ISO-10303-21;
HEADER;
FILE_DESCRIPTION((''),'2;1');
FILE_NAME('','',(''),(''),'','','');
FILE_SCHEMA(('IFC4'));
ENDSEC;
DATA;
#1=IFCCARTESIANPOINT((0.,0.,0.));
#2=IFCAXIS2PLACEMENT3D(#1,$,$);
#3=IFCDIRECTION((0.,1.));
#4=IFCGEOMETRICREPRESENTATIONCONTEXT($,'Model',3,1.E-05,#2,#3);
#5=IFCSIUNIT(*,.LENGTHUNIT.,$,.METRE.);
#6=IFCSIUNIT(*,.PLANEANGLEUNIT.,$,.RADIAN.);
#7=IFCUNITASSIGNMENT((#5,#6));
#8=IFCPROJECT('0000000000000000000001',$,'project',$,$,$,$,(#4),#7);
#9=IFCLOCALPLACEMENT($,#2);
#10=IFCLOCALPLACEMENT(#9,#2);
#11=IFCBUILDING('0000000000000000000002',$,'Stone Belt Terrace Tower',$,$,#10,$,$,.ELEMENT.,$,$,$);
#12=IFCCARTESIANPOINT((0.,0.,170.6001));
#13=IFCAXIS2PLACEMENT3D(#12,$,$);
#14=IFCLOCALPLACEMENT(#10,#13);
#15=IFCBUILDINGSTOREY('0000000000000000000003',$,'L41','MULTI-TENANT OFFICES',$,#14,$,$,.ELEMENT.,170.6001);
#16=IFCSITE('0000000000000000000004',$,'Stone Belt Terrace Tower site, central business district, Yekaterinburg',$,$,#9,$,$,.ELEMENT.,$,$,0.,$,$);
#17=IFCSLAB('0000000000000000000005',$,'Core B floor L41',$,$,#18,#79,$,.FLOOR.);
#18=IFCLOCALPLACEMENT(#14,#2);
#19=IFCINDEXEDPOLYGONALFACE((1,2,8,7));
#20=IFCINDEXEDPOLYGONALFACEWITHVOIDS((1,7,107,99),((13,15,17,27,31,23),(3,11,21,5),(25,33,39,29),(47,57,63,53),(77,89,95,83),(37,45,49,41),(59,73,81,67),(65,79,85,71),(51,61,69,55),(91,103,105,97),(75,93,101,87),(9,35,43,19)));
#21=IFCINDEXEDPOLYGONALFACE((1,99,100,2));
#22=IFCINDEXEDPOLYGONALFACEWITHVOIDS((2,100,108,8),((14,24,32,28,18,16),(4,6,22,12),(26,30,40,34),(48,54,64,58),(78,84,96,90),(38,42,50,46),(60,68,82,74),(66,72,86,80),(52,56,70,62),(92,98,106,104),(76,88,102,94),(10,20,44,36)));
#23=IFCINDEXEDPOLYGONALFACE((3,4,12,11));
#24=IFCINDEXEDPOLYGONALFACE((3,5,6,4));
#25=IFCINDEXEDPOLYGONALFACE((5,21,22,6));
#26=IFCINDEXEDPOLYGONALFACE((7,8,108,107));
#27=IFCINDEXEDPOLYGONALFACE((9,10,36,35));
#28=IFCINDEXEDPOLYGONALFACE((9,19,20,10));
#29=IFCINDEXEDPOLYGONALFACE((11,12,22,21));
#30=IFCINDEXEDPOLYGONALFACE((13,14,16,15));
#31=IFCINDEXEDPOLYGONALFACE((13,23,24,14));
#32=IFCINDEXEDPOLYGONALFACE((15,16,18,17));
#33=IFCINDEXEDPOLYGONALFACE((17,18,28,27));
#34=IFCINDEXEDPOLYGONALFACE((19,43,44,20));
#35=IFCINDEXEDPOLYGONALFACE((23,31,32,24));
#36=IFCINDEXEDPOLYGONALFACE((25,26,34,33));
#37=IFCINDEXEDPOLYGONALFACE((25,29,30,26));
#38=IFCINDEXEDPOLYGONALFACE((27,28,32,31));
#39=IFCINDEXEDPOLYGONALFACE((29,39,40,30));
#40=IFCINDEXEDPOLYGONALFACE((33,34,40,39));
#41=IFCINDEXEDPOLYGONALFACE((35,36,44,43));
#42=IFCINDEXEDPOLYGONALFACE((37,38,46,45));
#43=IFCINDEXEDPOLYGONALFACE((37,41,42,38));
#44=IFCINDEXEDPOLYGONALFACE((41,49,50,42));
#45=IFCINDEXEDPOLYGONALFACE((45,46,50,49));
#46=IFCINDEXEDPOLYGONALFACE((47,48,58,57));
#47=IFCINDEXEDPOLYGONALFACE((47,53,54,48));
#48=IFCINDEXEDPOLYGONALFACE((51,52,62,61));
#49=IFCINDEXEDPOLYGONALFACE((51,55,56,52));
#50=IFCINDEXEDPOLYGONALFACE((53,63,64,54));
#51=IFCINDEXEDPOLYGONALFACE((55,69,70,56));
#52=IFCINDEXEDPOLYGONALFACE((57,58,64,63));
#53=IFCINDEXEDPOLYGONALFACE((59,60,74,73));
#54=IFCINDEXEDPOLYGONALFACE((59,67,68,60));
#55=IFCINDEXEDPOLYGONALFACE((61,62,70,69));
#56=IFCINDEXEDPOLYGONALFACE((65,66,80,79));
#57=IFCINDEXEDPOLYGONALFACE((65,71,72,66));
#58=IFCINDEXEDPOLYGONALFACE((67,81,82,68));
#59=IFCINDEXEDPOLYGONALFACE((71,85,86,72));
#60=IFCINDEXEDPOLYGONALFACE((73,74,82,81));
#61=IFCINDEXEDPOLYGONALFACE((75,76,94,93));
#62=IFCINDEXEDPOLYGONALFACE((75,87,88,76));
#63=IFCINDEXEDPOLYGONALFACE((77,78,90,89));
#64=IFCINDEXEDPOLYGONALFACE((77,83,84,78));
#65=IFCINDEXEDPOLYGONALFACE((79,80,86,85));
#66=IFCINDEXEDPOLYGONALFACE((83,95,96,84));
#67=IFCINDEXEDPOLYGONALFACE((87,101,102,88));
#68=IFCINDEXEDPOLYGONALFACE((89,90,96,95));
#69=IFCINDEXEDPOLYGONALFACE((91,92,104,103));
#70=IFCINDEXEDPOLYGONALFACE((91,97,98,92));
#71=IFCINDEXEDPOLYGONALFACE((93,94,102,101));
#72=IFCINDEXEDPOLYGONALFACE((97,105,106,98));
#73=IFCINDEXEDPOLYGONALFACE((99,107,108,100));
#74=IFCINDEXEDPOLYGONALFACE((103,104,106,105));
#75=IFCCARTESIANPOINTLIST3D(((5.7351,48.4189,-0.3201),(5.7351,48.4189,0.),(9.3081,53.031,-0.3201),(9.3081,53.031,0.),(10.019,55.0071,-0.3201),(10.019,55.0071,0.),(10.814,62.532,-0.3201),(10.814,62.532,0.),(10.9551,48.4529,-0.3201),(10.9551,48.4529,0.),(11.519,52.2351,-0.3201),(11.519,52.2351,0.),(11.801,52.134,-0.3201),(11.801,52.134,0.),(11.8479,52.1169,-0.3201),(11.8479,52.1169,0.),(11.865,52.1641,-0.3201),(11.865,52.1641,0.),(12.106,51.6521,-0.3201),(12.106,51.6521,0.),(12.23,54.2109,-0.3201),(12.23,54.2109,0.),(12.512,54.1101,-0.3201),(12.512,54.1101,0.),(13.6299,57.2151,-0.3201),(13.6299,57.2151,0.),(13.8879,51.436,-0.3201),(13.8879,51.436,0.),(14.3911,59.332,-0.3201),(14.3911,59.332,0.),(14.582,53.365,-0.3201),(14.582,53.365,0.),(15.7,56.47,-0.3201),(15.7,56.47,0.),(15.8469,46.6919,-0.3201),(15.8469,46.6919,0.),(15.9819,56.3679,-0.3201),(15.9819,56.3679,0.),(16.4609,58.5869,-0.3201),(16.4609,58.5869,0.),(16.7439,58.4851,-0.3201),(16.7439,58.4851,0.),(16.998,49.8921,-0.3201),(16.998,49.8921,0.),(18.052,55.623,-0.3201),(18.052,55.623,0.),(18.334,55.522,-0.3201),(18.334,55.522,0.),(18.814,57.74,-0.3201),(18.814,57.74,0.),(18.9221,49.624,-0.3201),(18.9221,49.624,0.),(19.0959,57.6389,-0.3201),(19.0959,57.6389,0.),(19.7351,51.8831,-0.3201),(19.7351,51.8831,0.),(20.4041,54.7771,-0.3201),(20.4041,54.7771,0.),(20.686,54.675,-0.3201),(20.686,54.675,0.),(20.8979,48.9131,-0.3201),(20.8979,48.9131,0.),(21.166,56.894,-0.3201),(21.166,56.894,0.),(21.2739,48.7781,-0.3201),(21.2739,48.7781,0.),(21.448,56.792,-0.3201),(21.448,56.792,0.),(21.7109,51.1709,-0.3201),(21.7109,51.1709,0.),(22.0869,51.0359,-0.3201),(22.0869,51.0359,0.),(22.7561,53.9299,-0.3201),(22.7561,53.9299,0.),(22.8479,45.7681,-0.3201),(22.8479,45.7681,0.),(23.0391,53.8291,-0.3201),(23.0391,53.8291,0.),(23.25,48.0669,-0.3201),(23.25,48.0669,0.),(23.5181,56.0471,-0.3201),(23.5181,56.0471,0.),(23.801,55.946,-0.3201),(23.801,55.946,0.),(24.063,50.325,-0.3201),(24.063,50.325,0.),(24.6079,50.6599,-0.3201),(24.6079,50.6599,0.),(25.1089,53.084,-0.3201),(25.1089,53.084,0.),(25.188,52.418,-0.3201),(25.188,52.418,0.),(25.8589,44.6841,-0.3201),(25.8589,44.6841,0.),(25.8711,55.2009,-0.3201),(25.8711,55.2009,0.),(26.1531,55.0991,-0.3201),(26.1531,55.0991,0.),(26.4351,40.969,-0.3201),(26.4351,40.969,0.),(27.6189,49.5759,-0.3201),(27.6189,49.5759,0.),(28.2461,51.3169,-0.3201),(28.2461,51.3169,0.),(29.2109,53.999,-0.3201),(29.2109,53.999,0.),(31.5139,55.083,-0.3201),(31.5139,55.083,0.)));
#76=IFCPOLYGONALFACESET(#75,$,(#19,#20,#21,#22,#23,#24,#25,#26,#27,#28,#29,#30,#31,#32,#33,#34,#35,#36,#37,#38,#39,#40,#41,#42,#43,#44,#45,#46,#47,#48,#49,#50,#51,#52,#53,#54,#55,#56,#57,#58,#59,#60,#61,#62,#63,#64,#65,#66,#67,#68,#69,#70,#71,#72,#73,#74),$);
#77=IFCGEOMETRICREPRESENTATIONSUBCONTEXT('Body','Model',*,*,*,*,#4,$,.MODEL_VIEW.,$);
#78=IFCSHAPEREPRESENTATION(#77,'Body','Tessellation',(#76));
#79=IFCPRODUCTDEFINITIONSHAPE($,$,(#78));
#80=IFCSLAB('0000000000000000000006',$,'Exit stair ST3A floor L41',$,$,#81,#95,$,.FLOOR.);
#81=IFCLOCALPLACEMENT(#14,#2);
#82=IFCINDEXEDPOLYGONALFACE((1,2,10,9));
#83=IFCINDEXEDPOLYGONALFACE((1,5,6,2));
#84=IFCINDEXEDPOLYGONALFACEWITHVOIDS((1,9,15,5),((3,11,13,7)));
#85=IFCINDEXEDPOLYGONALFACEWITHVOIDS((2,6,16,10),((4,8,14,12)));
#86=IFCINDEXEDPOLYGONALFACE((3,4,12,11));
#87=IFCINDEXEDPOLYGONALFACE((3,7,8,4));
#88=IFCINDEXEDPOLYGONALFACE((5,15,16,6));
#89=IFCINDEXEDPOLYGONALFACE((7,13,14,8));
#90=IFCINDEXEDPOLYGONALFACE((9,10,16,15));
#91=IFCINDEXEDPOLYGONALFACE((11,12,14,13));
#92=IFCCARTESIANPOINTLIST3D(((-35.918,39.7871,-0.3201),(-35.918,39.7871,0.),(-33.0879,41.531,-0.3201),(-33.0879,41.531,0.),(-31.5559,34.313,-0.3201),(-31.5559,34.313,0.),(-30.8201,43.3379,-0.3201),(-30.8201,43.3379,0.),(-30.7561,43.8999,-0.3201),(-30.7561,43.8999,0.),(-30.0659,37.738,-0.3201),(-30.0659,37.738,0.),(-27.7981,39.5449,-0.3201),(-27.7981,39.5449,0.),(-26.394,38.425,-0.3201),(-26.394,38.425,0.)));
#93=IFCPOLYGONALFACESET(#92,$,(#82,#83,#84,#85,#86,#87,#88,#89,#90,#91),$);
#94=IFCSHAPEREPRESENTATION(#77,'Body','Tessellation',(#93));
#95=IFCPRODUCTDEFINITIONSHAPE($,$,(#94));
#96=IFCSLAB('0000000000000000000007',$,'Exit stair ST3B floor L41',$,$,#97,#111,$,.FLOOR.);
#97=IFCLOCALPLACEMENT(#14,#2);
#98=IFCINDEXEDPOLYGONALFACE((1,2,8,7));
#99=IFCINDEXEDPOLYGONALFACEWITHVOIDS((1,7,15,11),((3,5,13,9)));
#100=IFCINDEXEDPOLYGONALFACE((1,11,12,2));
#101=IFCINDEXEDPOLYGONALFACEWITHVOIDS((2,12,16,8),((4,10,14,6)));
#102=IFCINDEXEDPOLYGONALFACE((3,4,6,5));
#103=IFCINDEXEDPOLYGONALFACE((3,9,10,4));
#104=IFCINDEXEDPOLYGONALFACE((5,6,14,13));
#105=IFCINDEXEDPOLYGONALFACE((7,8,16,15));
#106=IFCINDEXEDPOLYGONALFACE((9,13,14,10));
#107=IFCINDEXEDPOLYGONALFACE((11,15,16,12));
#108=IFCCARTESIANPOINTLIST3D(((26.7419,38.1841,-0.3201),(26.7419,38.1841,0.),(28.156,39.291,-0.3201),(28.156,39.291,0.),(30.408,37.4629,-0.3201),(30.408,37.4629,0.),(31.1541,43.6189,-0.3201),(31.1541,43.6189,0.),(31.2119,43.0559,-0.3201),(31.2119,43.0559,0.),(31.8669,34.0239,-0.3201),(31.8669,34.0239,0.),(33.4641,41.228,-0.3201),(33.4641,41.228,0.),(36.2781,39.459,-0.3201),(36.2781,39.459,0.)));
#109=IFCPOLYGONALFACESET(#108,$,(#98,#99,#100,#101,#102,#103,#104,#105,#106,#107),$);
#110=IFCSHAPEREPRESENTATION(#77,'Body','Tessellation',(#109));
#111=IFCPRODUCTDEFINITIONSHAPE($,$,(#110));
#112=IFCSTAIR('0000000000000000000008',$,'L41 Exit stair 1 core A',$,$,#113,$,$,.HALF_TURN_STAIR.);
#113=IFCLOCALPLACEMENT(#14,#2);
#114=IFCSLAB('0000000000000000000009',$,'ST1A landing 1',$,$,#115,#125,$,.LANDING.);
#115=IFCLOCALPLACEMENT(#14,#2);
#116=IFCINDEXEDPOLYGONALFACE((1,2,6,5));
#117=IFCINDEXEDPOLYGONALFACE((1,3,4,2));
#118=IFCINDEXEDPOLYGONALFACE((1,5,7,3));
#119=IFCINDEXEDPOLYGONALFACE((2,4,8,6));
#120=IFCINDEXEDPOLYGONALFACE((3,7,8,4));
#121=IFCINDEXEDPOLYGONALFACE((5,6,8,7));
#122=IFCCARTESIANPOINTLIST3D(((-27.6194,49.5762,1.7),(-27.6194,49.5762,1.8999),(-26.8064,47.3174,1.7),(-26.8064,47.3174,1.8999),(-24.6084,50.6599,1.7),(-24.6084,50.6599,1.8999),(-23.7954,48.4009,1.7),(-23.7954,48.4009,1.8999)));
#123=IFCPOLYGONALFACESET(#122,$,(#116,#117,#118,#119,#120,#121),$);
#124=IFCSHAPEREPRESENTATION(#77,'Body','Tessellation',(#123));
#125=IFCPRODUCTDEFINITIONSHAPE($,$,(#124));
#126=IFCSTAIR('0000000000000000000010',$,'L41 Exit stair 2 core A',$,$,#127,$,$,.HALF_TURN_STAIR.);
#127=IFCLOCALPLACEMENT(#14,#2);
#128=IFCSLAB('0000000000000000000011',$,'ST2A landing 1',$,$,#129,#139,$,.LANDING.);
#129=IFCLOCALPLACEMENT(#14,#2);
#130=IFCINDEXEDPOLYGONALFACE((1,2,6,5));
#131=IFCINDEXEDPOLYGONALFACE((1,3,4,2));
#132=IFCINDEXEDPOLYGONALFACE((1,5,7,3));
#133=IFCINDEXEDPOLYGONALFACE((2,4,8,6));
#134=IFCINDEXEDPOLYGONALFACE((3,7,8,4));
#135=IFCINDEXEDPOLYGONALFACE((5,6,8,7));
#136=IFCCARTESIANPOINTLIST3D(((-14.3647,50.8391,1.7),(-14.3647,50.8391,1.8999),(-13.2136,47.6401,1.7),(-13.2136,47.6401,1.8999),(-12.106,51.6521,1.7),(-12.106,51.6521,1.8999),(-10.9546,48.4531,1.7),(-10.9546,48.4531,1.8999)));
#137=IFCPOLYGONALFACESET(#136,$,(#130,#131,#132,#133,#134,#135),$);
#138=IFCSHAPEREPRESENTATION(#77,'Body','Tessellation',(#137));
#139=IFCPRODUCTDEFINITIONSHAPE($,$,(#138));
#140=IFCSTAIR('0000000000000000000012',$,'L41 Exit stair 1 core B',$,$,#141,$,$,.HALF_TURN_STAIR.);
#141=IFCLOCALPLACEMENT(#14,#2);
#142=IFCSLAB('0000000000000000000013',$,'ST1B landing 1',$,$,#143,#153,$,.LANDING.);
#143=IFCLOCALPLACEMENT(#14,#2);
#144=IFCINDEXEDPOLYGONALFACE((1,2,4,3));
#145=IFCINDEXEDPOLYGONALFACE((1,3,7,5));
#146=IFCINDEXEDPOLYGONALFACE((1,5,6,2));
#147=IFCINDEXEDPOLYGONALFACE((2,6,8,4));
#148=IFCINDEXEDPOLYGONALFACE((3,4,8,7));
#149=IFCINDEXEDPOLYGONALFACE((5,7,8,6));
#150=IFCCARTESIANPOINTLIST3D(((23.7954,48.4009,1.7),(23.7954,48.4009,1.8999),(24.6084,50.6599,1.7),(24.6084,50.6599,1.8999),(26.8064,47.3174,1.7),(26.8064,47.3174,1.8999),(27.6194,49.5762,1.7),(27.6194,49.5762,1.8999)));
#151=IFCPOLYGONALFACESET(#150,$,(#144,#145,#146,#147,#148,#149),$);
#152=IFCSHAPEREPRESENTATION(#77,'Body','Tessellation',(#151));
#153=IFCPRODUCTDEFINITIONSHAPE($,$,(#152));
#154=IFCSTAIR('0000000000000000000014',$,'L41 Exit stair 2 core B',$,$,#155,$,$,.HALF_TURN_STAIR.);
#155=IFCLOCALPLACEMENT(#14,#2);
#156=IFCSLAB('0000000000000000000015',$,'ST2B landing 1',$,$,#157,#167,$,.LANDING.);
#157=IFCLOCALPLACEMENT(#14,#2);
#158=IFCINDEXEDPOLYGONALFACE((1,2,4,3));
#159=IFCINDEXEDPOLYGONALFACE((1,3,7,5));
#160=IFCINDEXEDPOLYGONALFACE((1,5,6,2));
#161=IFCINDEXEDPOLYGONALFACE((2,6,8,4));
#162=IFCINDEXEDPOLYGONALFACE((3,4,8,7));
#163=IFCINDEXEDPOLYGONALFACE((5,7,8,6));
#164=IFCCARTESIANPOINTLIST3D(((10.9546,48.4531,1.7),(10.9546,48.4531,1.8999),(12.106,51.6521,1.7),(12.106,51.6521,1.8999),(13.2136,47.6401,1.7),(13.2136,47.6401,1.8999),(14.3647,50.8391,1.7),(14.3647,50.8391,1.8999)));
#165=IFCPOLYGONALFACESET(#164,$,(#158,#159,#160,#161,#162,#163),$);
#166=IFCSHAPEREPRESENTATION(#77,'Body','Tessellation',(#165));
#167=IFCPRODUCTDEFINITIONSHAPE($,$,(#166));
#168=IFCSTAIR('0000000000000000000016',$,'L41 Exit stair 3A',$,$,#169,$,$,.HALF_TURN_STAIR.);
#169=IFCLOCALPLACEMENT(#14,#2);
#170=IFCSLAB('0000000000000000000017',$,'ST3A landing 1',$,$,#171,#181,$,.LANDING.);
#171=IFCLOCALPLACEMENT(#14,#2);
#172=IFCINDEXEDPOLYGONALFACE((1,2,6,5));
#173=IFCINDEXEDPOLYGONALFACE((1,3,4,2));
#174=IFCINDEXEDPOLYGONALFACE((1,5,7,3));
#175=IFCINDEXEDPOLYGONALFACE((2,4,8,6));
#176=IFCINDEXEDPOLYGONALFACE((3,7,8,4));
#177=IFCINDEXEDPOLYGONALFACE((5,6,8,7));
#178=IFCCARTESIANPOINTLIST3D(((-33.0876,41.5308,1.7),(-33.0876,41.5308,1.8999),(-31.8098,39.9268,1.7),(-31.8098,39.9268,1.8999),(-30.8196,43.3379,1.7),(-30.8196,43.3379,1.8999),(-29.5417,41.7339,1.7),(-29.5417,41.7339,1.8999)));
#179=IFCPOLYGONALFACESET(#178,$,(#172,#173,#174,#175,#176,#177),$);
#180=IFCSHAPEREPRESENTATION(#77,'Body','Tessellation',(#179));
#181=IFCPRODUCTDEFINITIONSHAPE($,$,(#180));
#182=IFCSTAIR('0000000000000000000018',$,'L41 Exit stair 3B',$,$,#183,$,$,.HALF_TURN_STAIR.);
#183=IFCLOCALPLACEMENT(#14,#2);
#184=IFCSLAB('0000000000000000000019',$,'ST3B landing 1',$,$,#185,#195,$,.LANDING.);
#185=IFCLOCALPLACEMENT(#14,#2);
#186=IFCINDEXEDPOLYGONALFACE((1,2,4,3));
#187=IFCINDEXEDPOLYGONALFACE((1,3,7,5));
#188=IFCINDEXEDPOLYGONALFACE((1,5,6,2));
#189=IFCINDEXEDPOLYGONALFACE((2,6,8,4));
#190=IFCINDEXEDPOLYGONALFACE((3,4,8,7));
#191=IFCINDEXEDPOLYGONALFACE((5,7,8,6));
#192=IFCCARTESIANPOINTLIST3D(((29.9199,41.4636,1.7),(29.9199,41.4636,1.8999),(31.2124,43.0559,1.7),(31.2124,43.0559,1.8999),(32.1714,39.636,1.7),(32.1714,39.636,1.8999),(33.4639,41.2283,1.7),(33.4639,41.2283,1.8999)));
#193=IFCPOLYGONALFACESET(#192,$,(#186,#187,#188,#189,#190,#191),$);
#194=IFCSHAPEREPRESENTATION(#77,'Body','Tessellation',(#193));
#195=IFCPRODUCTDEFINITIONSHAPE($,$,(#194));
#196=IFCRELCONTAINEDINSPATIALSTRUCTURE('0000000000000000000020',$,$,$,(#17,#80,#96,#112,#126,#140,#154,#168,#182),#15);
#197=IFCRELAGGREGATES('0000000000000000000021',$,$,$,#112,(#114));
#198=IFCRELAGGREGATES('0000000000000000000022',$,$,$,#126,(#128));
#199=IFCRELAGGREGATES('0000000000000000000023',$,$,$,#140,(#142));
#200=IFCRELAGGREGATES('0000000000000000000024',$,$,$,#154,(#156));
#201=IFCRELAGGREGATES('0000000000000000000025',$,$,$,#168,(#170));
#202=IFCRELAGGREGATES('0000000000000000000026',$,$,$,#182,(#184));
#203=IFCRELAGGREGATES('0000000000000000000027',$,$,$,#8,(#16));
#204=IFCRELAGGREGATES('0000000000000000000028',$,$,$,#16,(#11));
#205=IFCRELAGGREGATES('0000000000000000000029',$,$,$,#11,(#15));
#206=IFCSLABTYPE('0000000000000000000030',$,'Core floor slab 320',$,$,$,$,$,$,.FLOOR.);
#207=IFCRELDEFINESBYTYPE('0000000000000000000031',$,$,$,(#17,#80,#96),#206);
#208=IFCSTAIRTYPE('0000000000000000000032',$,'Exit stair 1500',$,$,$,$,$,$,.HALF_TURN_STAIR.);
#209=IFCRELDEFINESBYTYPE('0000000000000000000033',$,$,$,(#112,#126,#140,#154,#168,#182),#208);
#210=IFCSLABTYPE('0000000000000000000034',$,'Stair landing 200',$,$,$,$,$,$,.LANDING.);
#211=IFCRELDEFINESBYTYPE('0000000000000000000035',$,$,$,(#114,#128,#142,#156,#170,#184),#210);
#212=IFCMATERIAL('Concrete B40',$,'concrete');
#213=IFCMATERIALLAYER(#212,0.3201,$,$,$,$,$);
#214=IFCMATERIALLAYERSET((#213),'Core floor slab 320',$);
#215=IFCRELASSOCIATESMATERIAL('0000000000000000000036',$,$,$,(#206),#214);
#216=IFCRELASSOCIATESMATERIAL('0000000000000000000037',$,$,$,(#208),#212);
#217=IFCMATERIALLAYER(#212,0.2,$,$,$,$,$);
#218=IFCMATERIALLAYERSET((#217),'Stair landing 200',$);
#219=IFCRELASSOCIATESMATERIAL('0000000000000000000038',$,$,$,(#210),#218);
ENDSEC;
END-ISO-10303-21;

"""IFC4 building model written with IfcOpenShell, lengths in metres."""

from ifc_helpers import new_model, si_unit, direction, frame, origin, place, context, subcontext, project, spatial, polyline, outline, extrude, material, layer, layer_set, type_object, element, aggregate, save


model = new_model("IFC4")

# Units and contexts
model_context = context("Model", 3, precision=1e-05, world=origin(), true_north=direction((0.0, 1.0)))
body_context = subcontext(model_context, "Body", "Model", "MODEL_VIEW")
ifc_project = project(units=[si_unit("LENGTHUNIT", "METRE"), si_unit("PLANEANGLEUNIT", "RADIAN")], contexts=[model_context])

# Site, building, storey
site_placement = place(None, origin())
site = spatial("IfcSite", under=ifc_project, at=site_placement, Name="Stone Belt Terrace Tower site, central business district, Yekaterinburg", CompositionType="ELEMENT", RefElevation=0.0)
building_placement = place(site_placement, origin())
building = spatial("IfcBuilding", under=site, at=building_placement, Name="Stone Belt Terrace Tower", CompositionType="ELEMENT")
storey_placement = place(building_placement, frame((0.0, 0.0, 170.6001)))
storey = spatial("IfcBuildingStorey", under=building, at=storey_placement, Name="L41", Description="MULTI-TENANT OFFICES", CompositionType="ELEMENT", Elevation=170.6001)

# Slabs
ifc_material_1 = material(Name="Concrete B40", Category="concrete")
ifc_layer_1 = layer(ifc_material_1, 0.3201)
ifc_layer_set_1 = layer_set([ifc_layer_1], Name="Core floor slab 320")
slab_type_1 = type_object("IfcSlabType", Name="Core floor slab 320", PredefinedType="FLOOR", material=ifc_layer_set_1)
slab_1_placement = place(storey_placement, frame((0.0, 0.0, -0.3201)))
element("IfcSlab", 1, at=slab_1_placement, inside=storey, type_object=slab_type_1, Name="Core B floor L41", PredefinedType="FLOOR", context=body_context, shape_type="SweptSolid", body=[
    extrude(outline(polyline([(26.4351, 40.969), (31.5139, 55.083), (10.814, 62.532), (5.7351, 48.4189), (26.4351, 40.969)]), holes=[polyline([(12.106, 51.6521), (16.998, 49.8921), (15.8469, 46.6919), (10.9551, 48.4529), (12.106, 51.6521)]), polyline([(12.512, 54.1101), (14.582, 53.365), (13.8879, 51.436), (11.865, 52.1641), (11.8479, 52.1169), (11.801, 52.134), (12.512, 54.1101)]), polyline([(9.3081, 53.031), (10.019, 55.0071), (12.23, 54.2109), (11.519, 52.2351), (9.3081, 53.031)]), polyline([(18.334, 55.522), (19.0959, 57.6389), (21.166, 56.894), (20.4041, 54.7771), (18.334, 55.522)]), polyline([(16.7439, 58.4851), (18.814, 57.74), (18.052, 55.623), (15.9819, 56.3679), (16.7439, 58.4851)]), polyline([(14.3911, 59.332), (16.4609, 58.5869), (15.7, 56.47), (13.6299, 57.2151), (14.3911, 59.332)]), polyline([(27.6189, 49.5759), (25.8589, 44.6841), (22.8479, 45.7681), (24.6079, 50.6599), (27.6189, 49.5759)]), polyline([(23.25, 48.0669), (21.2739, 48.7781), (22.0869, 51.0359), (24.063, 50.325), (23.25, 48.0669)]), polyline([(20.8979, 48.9131), (18.9221, 49.624), (19.7351, 51.8831), (21.7109, 51.1709), (20.8979, 48.9131)]), polyline([(26.1531, 55.0991), (29.2109, 53.999), (28.2461, 51.3169), (25.188, 52.418), (26.1531, 55.0991)]), polyline([(23.801, 55.946), (25.8711, 55.2009), (25.1089, 53.084), (23.0391, 53.8291), (23.801, 55.946)]), polyline([(21.448, 56.792), (23.5181, 56.0471), (22.7561, 53.9299), (20.686, 54.675), (21.448, 56.792)])]), origin(), (0.0, 0.0, 1.0), 0.3201),
])
slab_2_placement = place(storey_placement, frame((0.0, 0.0, -0.3201)))
element("IfcSlab", 2, at=slab_2_placement, inside=storey, type_object=slab_type_1, Name="Exit stair ST3A floor L41", PredefinedType="FLOOR", context=body_context, shape_type="SweptSolid", body=[
    extrude(outline(polyline([(-26.394, 38.425), (-30.7561, 43.8999), (-35.918, 39.7871), (-31.5559, 34.313), (-26.394, 38.425)]), holes=[polyline([(-27.7981, 39.5449), (-30.0659, 37.738), (-33.0879, 41.531), (-30.8201, 43.3379), (-27.7981, 39.5449)])]), origin(), (0.0, 0.0, 1.0), 0.3201),
])
slab_3_placement = place(storey_placement, frame((0.0, 0.0, -0.3201)))
element("IfcSlab", 3, at=slab_3_placement, inside=storey, type_object=slab_type_1, Name="Exit stair ST3B floor L41", PredefinedType="FLOOR", context=body_context, shape_type="SweptSolid", body=[
    extrude(outline(polyline([(26.7419, 38.1841), (31.8669, 34.0239), (36.2781, 39.459), (31.1541, 43.6189), (26.7419, 38.1841)]), holes=[polyline([(30.408, 37.4629), (28.156, 39.291), (31.2119, 43.0559), (33.4641, 41.228), (30.408, 37.4629)])]), origin(), (0.0, 0.0, 1.0), 0.3201),
])

# Stairs, slabs
stair_type = type_object("IfcStairType", Name="Exit stair 1500", PredefinedType="HALF_TURN_STAIR", material=ifc_material_1)
stair_1_placement = place(storey_placement, origin())
stair_1 = element("IfcStair", 4, at=stair_1_placement, inside=storey, type_object=stair_type, Name="L41 Exit stair 1 core A", PredefinedType="HALF_TURN_STAIR")
ifc_layer_2 = layer(ifc_material_1, 0.2)
ifc_layer_set_2 = layer_set([ifc_layer_2], Name="Stair landing 200")
slab_type_2 = type_object("IfcSlabType", Name="Stair landing 200", PredefinedType="LANDING", material=ifc_layer_set_2)
slab_4_placement = place(storey_placement, frame((0.0, 0.0, 1.7)))
slab_4 = element("IfcSlab", 5, at=slab_4_placement, type_object=slab_type_2, Name="ST1A landing 1", PredefinedType="LANDING", context=body_context, shape_type="SweptSolid", body=[
    extrude(outline(polyline([(-23.7954, 48.4009), (-24.6084, 50.6599), (-27.6194, 49.5762), (-26.8064, 47.3174), (-23.7954, 48.4009)])), origin(), (0.0, 0.0, 1.0), 0.2),
])
aggregate(stair_1, [slab_4])
stair_2_placement = place(storey_placement, origin())
stair_2 = element("IfcStair", 6, at=stair_2_placement, inside=storey, type_object=stair_type, Name="L41 Exit stair 2 core A", PredefinedType="HALF_TURN_STAIR")
slab_5_placement = place(storey_placement, frame((0.0, 0.0, 1.7)))
slab_5 = element("IfcSlab", 7, at=slab_5_placement, type_object=slab_type_2, Name="ST2A landing 1", PredefinedType="LANDING", context=body_context, shape_type="SweptSolid", body=[
    extrude(outline(polyline([(-13.2136, 47.6401), (-10.9546, 48.4531), (-12.106, 51.6521), (-14.3647, 50.8391), (-13.2136, 47.6401)])), origin(), (0.0, 0.0, 1.0), 0.2),
])
aggregate(stair_2, [slab_5])
stair_3_placement = place(storey_placement, origin())
stair_3 = element("IfcStair", 8, at=stair_3_placement, inside=storey, type_object=stair_type, Name="L41 Exit stair 1 core B", PredefinedType="HALF_TURN_STAIR")
slab_6_placement = place(storey_placement, frame((0.0, 0.0, 1.7)))
slab_6 = element("IfcSlab", 9, at=slab_6_placement, type_object=slab_type_2, Name="ST1B landing 1", PredefinedType="LANDING", context=body_context, shape_type="SweptSolid", body=[
    extrude(outline(polyline([(26.8064, 47.3174), (27.6194, 49.5762), (24.6084, 50.6599), (23.7954, 48.4009), (26.8064, 47.3174)])), origin(), (0.0, 0.0, 1.0), 0.2),
])
aggregate(stair_3, [slab_6])
stair_4_placement = place(storey_placement, origin())
stair_4 = element("IfcStair", 10, at=stair_4_placement, inside=storey, type_object=stair_type, Name="L41 Exit stair 2 core B", PredefinedType="HALF_TURN_STAIR")
slab_7_placement = place(storey_placement, frame((0.0, 0.0, 1.7)))
slab_7 = element("IfcSlab", 11, at=slab_7_placement, type_object=slab_type_2, Name="ST2B landing 1", PredefinedType="LANDING", context=body_context, shape_type="SweptSolid", body=[
    extrude(outline(polyline([(14.3647, 50.8391), (12.106, 51.6521), (10.9546, 48.4531), (13.2136, 47.6401), (14.3647, 50.8391)])), origin(), (0.0, 0.0, 1.0), 0.2),
])
aggregate(stair_4, [slab_7])
stair_5_placement = place(storey_placement, origin())
stair_5 = element("IfcStair", 12, at=stair_5_placement, inside=storey, type_object=stair_type, Name="L41 Exit stair 3A", PredefinedType="HALF_TURN_STAIR")
slab_8_placement = place(storey_placement, frame((0.0, 0.0, 1.7)))
slab_8 = element("IfcSlab", 13, at=slab_8_placement, type_object=slab_type_2, Name="ST3A landing 1", PredefinedType="LANDING", context=body_context, shape_type="SweptSolid", body=[
    extrude(outline(polyline([(-29.5417, 41.7339), (-30.8196, 43.3379), (-33.0876, 41.5308), (-31.8098, 39.9268), (-29.5417, 41.7339)])), origin(), (0.0, 0.0, 1.0), 0.2),
])
aggregate(stair_5, [slab_8])
stair_6_placement = place(storey_placement, origin())
stair_6 = element("IfcStair", 14, at=stair_6_placement, inside=storey, type_object=stair_type, Name="L41 Exit stair 3B", PredefinedType="HALF_TURN_STAIR")
slab_9_placement = place(storey_placement, frame((0.0, 0.0, 1.7)))
slab_9 = element("IfcSlab", 15, at=slab_9_placement, type_object=slab_type_2, Name="ST3B landing 1", PredefinedType="LANDING", context=body_context, shape_type="SweptSolid", body=[
    extrude(outline(polyline([(32.1714, 39.636), (33.4639, 41.2283), (31.2124, 43.0559), (29.9199, 41.4636), (32.1714, 39.636)])), origin(), (0.0, 0.0, 1.0), 0.2),
])
aggregate(stair_6, [slab_9])

save(model, "model.ifc")
